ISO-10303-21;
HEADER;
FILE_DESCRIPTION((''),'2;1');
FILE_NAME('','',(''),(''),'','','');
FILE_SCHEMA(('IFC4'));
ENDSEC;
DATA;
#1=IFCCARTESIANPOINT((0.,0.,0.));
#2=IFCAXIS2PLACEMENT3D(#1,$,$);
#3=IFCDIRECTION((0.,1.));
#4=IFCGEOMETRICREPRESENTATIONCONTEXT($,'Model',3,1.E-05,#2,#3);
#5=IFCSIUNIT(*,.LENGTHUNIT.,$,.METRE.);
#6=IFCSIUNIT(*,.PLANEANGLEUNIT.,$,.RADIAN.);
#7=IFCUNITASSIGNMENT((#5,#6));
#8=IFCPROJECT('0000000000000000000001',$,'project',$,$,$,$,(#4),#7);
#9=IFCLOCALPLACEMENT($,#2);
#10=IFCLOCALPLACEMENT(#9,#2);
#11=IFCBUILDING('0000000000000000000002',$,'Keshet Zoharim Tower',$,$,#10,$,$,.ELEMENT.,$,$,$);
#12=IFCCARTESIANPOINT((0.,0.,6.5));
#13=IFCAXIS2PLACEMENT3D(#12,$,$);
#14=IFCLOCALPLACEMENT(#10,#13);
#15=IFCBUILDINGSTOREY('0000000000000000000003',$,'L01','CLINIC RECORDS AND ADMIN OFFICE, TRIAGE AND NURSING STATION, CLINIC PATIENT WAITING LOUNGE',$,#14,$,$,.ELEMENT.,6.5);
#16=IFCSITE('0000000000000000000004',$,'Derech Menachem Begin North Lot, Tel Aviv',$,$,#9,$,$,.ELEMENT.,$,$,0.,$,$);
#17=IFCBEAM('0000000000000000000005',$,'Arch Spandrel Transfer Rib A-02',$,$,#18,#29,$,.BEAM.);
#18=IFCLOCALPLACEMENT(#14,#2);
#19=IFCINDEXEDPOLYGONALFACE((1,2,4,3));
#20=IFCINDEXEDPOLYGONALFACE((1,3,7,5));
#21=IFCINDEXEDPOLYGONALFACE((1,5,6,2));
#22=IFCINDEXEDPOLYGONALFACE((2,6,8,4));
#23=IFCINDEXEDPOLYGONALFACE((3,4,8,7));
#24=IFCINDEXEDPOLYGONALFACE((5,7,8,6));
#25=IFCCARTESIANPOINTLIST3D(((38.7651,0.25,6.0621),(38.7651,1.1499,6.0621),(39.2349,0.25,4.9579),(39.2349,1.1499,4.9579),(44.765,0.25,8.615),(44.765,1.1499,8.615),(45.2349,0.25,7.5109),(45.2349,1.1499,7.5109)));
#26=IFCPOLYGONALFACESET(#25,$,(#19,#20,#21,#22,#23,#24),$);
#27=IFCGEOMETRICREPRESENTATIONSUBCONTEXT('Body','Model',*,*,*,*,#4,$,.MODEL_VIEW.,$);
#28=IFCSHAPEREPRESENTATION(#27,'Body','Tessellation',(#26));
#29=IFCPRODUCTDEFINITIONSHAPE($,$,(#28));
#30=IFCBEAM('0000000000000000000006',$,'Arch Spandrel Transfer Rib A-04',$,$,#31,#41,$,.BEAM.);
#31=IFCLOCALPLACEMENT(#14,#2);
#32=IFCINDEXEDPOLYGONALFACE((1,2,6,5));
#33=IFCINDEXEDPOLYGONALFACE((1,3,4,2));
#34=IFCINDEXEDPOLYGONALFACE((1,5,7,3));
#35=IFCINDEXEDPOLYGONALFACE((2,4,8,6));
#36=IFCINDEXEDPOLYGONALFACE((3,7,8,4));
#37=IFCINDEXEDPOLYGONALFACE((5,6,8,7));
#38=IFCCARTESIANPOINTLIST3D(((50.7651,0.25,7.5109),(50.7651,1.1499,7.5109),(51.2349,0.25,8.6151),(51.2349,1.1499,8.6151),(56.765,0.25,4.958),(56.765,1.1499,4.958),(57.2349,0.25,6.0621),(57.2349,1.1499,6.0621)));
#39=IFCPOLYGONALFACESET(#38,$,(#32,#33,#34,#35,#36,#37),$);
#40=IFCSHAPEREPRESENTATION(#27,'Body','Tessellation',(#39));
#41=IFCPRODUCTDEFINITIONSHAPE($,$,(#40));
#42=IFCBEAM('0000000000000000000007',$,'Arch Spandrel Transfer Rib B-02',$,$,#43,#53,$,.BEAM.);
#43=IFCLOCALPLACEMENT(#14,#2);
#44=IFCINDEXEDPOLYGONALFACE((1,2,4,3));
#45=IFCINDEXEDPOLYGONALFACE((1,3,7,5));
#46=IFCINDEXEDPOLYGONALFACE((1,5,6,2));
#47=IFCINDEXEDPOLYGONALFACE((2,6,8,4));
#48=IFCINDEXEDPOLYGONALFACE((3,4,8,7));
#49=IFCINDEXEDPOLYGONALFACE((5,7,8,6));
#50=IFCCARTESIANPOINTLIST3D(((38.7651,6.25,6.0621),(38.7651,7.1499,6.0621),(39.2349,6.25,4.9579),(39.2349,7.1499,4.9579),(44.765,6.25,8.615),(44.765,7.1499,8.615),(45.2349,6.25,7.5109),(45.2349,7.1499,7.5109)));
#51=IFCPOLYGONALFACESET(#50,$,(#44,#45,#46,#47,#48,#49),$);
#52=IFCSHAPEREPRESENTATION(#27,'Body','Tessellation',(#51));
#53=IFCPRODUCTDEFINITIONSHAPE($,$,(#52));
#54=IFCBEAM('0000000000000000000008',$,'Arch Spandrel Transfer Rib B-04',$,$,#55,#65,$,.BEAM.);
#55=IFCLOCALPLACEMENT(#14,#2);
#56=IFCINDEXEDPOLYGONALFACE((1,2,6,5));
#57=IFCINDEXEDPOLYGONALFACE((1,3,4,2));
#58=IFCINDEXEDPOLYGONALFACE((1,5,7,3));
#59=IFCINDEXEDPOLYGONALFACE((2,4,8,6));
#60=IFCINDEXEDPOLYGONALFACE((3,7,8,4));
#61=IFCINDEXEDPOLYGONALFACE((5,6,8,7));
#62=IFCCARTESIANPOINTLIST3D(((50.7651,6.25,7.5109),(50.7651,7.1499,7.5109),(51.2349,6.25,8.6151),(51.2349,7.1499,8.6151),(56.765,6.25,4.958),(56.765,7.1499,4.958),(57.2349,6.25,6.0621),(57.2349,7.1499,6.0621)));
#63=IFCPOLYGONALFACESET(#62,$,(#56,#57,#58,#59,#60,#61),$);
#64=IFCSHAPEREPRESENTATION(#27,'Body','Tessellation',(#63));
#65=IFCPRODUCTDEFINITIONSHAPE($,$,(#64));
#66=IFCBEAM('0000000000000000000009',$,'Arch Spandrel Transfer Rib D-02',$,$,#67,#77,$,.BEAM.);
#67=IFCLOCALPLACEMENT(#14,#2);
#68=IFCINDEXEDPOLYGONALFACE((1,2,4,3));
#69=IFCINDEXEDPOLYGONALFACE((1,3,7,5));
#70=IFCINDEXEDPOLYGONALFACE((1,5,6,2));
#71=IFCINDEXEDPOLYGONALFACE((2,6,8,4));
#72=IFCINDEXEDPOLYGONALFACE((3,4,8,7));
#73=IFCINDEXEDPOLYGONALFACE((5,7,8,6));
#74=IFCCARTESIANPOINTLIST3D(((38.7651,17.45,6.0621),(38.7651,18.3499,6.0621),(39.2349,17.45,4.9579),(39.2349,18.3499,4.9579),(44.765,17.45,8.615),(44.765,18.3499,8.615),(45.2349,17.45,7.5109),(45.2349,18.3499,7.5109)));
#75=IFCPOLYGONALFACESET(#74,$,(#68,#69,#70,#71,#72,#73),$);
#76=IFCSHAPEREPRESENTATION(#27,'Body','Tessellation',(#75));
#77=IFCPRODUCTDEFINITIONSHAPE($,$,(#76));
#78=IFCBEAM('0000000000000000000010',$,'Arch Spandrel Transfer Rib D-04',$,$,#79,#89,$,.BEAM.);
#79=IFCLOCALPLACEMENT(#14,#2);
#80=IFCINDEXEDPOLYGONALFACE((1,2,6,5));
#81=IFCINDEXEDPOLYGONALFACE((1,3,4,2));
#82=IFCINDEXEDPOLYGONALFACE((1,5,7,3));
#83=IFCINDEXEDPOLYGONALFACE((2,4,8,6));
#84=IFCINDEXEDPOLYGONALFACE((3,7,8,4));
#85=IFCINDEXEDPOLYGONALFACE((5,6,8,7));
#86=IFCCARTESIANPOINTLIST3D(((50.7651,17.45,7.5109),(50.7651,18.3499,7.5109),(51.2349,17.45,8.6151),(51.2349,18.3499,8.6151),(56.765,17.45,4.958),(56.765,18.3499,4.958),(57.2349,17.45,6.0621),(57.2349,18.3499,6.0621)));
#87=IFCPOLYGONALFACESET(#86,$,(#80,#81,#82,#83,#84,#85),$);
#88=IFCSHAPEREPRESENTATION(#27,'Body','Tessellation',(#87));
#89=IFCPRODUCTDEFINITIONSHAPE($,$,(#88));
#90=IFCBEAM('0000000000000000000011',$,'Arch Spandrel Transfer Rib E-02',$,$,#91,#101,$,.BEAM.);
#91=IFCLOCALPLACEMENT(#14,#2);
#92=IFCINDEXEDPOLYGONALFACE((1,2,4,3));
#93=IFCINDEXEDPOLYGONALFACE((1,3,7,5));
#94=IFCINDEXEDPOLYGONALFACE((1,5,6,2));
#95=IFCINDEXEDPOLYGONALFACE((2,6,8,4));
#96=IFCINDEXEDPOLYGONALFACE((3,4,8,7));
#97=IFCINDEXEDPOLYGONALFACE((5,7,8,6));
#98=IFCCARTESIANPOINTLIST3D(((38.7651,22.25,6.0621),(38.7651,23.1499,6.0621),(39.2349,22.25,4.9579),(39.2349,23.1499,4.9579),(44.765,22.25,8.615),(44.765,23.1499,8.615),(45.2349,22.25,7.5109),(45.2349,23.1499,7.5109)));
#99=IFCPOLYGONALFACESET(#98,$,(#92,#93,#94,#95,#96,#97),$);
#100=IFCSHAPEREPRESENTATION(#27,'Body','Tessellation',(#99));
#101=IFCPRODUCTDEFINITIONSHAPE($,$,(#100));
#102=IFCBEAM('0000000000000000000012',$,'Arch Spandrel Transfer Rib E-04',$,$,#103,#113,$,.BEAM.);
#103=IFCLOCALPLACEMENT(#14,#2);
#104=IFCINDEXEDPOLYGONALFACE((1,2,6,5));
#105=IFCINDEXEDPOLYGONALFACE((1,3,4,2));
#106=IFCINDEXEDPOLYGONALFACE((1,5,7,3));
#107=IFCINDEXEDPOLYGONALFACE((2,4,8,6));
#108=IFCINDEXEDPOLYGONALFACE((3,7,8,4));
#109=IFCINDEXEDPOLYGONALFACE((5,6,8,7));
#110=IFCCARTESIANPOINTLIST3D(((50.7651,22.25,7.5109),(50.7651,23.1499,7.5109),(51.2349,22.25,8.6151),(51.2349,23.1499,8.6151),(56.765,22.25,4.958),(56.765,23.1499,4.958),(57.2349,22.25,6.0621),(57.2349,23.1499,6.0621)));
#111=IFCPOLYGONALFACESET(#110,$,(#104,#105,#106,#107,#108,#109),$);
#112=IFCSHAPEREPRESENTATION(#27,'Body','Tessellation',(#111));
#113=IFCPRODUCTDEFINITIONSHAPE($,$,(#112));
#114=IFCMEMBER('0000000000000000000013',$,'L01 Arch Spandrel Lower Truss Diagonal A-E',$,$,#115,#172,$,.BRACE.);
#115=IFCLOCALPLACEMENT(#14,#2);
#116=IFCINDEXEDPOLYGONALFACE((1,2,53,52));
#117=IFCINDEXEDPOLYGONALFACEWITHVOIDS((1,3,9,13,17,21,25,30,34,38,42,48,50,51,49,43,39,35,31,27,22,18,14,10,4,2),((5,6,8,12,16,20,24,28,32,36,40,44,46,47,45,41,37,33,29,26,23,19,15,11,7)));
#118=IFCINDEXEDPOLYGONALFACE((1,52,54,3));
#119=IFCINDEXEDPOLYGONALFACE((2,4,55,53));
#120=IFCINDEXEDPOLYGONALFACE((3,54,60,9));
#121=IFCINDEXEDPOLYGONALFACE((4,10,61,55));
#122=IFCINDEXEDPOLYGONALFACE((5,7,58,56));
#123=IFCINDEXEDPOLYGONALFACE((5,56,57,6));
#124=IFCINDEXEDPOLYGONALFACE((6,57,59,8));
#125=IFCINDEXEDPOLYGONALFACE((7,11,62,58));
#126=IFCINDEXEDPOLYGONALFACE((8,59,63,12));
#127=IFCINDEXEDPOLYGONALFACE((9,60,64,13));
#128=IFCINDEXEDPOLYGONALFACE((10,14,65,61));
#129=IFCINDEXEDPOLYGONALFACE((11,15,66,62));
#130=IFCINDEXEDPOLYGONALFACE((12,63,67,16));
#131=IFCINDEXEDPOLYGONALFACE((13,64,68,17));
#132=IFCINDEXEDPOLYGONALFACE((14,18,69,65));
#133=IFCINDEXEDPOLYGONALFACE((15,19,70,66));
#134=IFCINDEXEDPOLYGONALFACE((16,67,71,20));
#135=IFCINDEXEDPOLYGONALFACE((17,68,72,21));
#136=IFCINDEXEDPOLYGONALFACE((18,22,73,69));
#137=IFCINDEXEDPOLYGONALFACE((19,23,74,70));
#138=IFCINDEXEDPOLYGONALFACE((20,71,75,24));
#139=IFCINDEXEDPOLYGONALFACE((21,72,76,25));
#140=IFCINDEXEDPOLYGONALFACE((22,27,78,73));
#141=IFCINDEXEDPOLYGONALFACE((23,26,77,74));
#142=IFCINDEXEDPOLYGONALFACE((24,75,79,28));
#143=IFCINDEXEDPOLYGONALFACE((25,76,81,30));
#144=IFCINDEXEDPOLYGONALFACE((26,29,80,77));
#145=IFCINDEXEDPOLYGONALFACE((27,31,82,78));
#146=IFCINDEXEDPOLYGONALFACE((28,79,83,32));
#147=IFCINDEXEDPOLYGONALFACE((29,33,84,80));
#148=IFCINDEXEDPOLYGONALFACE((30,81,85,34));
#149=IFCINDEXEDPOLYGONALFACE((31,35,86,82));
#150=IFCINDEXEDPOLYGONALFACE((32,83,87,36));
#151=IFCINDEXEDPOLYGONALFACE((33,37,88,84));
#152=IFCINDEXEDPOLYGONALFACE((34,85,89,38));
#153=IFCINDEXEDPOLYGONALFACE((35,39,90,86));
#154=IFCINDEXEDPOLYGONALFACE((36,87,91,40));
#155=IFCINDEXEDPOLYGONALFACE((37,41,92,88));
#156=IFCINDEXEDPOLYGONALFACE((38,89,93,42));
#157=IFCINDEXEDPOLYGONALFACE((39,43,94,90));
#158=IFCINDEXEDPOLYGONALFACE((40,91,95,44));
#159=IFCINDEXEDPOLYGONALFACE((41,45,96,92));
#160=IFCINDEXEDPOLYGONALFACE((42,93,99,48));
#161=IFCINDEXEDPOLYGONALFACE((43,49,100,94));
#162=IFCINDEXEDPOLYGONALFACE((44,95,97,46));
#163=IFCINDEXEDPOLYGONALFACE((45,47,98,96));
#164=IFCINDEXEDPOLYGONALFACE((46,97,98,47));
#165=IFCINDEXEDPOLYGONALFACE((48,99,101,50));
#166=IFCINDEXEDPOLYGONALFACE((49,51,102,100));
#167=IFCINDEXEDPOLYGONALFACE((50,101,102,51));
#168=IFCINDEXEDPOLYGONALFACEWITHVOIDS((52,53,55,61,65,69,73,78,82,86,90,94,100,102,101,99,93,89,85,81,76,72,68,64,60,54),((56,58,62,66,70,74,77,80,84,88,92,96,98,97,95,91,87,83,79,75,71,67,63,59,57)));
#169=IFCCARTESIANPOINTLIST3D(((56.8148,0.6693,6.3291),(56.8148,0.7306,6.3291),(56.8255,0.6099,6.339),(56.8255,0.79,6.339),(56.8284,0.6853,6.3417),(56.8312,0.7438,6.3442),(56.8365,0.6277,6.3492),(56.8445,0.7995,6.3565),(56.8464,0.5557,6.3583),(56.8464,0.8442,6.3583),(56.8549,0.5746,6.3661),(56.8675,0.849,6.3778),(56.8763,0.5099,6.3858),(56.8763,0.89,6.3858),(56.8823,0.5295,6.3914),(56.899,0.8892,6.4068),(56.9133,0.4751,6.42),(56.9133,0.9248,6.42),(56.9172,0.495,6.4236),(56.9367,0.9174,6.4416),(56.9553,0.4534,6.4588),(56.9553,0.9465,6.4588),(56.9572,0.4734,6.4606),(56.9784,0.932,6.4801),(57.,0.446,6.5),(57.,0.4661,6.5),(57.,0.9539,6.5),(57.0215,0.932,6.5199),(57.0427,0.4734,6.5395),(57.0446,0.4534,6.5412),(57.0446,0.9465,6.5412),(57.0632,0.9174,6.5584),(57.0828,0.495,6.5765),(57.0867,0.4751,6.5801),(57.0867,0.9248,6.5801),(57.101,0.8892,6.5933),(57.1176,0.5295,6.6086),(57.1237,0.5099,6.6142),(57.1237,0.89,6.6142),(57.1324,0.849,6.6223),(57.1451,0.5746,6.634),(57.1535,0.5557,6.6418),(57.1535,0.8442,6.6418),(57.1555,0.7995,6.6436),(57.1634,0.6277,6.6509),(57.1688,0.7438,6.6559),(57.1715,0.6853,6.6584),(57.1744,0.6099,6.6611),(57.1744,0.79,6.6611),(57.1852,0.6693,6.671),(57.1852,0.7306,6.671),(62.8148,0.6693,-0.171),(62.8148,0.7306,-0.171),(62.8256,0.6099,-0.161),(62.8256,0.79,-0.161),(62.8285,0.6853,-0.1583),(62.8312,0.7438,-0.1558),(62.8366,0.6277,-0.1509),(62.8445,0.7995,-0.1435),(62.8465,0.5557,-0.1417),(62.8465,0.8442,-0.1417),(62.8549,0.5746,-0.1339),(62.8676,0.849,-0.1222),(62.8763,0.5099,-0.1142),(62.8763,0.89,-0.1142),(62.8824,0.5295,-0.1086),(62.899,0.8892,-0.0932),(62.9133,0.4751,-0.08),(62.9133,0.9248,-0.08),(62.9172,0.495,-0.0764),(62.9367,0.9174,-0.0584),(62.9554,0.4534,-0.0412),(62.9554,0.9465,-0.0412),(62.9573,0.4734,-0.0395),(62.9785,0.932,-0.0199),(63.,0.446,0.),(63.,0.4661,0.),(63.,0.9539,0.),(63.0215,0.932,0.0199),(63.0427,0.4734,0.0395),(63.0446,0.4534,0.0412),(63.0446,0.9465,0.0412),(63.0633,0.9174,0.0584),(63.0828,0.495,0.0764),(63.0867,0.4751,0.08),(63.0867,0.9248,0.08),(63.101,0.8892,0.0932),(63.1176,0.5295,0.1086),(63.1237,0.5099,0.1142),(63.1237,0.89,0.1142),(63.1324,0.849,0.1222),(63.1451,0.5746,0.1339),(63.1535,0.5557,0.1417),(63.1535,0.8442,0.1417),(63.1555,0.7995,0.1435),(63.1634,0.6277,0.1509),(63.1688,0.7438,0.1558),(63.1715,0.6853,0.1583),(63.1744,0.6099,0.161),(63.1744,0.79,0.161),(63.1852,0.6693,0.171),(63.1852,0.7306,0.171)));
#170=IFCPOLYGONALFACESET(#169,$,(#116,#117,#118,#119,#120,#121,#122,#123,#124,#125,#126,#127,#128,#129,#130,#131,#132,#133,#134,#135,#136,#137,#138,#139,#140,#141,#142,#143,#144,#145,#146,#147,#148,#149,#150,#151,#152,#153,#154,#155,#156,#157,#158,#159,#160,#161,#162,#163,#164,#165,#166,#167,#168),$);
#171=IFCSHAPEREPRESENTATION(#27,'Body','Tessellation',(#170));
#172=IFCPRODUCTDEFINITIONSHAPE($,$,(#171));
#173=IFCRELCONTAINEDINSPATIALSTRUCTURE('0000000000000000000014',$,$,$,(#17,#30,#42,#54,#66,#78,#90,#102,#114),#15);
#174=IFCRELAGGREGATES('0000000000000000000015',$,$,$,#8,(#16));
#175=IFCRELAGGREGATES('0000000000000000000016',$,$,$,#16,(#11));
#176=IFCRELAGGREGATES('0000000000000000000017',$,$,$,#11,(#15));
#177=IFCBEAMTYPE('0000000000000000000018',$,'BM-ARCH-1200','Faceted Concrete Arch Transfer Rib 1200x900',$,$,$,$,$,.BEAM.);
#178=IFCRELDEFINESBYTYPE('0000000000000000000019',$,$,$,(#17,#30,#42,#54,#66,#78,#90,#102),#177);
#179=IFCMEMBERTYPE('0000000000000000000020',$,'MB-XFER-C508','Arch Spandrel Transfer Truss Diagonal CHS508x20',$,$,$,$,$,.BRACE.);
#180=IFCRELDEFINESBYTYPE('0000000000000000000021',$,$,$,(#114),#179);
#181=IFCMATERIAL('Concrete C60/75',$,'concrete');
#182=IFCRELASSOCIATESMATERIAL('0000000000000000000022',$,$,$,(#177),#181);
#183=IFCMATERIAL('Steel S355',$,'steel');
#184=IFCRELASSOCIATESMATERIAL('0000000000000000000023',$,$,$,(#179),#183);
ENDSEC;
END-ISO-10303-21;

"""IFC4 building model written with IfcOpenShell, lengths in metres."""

from ifc_helpers import new_model, si_unit, direction, frame, origin, origin_2d, place, context, subcontext, project, spatial, rectangle, hollow_circle, extrude, material, material_profile, profile_set, type_object, element, save


model = new_model("IFC4")

# Units and contexts
model_context = context("Model", 3, precision=1e-05, world=origin(), true_north=direction((0.0, 1.0)))
body_context = subcontext(model_context, "Body", "Model", "MODEL_VIEW")
ifc_project = project(units=[si_unit("LENGTHUNIT", "METRE"), si_unit("PLANEANGLEUNIT", "RADIAN")], contexts=[model_context])

# Site, building, storey
site_placement = place(None, origin())
site = spatial("IfcSite", under=ifc_project, at=site_placement, Name="Derech Menachem Begin North Lot, Tel Aviv", CompositionType="ELEMENT", RefElevation=0.0)
building_placement = place(site_placement, origin())
building = spatial("IfcBuilding", under=site, at=building_placement, Name="Keshet Zoharim Tower", CompositionType="ELEMENT")
storey_placement = place(building_placement, frame((0.0, 0.0, 6.5)))
storey = spatial("IfcBuildingStorey", under=building, at=storey_placement, Name="L01", Description="CLINIC RECORDS AND ADMIN OFFICE, TRIAGE AND NURSING STATION, CLINIC PATIENT WAITING LOUNGE", CompositionType="ELEMENT", Elevation=6.5)

# Shared definitions
ifc_material_1 = material(Name="Steel S355", Category="steel")
ifc_material_2 = material(Name="Concrete C60/75", Category="concrete")

# Beams
ifc_material_profile_1 = material_profile(ifc_material_2, rectangle(XDim=0.8999, YDim=1.2, at=origin_2d()), Name="RC1200x900")
ifc_profile_set_1 = profile_set([ifc_material_profile_1], Name="Concrete C60/75")
beam_type = type_object("IfcBeamType", Name="BM-ARCH-1200", Description="Faceted Concrete Arch Transfer Rib 1200x900", PredefinedType="BEAM", material=ifc_profile_set_1)
for number, where, z_axis, x_axis, name in (
    (1, (39.0, 0.7, 5.51), (0.920166, 0.0, 0.391528), (0.0, 1.0, 0.0), "Arch Spandrel Transfer Rib A-02"),
    (2, (51.0, 0.7, 8.063), (0.920166, 0.0, -0.391528), (0.0, 1.0, 0.0), "Arch Spandrel Transfer Rib A-04"),
    (3, (39.0, 6.7, 5.51), (0.920166, 0.0, 0.391528), (0.0, 1.0, 0.0), "Arch Spandrel Transfer Rib B-02"),
    (4, (51.0, 6.7, 8.063), (0.920166, 0.0, -0.391528), (0.0, 1.0, 0.0), "Arch Spandrel Transfer Rib B-04"),
    (5, (39.0, 17.8999, 5.51), (0.920166, 0.0, 0.391528), (0.0, 1.0, 0.0), "Arch Spandrel Transfer Rib D-02"),
    (6, (51.0, 17.8999, 8.063), (0.920166, 0.0, -0.391528), (0.0, 1.0, 0.0), "Arch Spandrel Transfer Rib D-04"),
    (7, (39.0, 22.7, 5.51), (0.920166, 0.0, 0.391528), (0.0, 1.0, 0.0), "Arch Spandrel Transfer Rib E-02"),
    (8, (51.0, 22.7, 8.063), (0.920166, 0.0, -0.391528), (0.0, 1.0, 0.0), "Arch Spandrel Transfer Rib E-04"),
):
    element("IfcBeam", number, at=place(storey_placement, frame(where, z_axis=z_axis, x_axis=x_axis)), inside=storey, type_object=beam_type, Name=name, PredefinedType="BEAM", context=body_context, shape_type="SweptSolid", body=[
        extrude(rectangle(XDim=0.8999, YDim=1.2, at=origin_2d()), origin(), (0.0, 0.0, 1.0), 6.5205),
    ])

# Member
ifc_material_profile_2 = material_profile(ifc_material_1, hollow_circle(Radius=0.2539, WallThickness=0.02, at=origin_2d()), Name="CHS508x20")
ifc_profile_set_2 = profile_set([ifc_material_profile_2], Name="Steel S355")
member_type = type_object("IfcMemberType", Name="MB-XFER-C508", Description="Arch Spandrel Transfer Truss Diagonal CHS508x20", PredefinedType="BRACE", material=ifc_profile_set_2)
member_placement = place(storey_placement, frame((63.0, 0.7, 0.0), z_axis=(-0.67828, 0.0, 0.734803), x_axis=(0.0, -1.0, 0.0)))
element("IfcMember", 9, at=member_placement, inside=storey, type_object=member_type, Name="L01 Arch Spandrel Lower Truss Diagonal A-E", PredefinedType="BRACE", context=body_context, shape_type="SweptSolid", body=[
    extrude(hollow_circle(Radius=0.2539, WallThickness=0.02, at=origin_2d()), origin(), (0.0, 0.0, 1.0), 8.8459),
])

save(model, "model.ifc")
